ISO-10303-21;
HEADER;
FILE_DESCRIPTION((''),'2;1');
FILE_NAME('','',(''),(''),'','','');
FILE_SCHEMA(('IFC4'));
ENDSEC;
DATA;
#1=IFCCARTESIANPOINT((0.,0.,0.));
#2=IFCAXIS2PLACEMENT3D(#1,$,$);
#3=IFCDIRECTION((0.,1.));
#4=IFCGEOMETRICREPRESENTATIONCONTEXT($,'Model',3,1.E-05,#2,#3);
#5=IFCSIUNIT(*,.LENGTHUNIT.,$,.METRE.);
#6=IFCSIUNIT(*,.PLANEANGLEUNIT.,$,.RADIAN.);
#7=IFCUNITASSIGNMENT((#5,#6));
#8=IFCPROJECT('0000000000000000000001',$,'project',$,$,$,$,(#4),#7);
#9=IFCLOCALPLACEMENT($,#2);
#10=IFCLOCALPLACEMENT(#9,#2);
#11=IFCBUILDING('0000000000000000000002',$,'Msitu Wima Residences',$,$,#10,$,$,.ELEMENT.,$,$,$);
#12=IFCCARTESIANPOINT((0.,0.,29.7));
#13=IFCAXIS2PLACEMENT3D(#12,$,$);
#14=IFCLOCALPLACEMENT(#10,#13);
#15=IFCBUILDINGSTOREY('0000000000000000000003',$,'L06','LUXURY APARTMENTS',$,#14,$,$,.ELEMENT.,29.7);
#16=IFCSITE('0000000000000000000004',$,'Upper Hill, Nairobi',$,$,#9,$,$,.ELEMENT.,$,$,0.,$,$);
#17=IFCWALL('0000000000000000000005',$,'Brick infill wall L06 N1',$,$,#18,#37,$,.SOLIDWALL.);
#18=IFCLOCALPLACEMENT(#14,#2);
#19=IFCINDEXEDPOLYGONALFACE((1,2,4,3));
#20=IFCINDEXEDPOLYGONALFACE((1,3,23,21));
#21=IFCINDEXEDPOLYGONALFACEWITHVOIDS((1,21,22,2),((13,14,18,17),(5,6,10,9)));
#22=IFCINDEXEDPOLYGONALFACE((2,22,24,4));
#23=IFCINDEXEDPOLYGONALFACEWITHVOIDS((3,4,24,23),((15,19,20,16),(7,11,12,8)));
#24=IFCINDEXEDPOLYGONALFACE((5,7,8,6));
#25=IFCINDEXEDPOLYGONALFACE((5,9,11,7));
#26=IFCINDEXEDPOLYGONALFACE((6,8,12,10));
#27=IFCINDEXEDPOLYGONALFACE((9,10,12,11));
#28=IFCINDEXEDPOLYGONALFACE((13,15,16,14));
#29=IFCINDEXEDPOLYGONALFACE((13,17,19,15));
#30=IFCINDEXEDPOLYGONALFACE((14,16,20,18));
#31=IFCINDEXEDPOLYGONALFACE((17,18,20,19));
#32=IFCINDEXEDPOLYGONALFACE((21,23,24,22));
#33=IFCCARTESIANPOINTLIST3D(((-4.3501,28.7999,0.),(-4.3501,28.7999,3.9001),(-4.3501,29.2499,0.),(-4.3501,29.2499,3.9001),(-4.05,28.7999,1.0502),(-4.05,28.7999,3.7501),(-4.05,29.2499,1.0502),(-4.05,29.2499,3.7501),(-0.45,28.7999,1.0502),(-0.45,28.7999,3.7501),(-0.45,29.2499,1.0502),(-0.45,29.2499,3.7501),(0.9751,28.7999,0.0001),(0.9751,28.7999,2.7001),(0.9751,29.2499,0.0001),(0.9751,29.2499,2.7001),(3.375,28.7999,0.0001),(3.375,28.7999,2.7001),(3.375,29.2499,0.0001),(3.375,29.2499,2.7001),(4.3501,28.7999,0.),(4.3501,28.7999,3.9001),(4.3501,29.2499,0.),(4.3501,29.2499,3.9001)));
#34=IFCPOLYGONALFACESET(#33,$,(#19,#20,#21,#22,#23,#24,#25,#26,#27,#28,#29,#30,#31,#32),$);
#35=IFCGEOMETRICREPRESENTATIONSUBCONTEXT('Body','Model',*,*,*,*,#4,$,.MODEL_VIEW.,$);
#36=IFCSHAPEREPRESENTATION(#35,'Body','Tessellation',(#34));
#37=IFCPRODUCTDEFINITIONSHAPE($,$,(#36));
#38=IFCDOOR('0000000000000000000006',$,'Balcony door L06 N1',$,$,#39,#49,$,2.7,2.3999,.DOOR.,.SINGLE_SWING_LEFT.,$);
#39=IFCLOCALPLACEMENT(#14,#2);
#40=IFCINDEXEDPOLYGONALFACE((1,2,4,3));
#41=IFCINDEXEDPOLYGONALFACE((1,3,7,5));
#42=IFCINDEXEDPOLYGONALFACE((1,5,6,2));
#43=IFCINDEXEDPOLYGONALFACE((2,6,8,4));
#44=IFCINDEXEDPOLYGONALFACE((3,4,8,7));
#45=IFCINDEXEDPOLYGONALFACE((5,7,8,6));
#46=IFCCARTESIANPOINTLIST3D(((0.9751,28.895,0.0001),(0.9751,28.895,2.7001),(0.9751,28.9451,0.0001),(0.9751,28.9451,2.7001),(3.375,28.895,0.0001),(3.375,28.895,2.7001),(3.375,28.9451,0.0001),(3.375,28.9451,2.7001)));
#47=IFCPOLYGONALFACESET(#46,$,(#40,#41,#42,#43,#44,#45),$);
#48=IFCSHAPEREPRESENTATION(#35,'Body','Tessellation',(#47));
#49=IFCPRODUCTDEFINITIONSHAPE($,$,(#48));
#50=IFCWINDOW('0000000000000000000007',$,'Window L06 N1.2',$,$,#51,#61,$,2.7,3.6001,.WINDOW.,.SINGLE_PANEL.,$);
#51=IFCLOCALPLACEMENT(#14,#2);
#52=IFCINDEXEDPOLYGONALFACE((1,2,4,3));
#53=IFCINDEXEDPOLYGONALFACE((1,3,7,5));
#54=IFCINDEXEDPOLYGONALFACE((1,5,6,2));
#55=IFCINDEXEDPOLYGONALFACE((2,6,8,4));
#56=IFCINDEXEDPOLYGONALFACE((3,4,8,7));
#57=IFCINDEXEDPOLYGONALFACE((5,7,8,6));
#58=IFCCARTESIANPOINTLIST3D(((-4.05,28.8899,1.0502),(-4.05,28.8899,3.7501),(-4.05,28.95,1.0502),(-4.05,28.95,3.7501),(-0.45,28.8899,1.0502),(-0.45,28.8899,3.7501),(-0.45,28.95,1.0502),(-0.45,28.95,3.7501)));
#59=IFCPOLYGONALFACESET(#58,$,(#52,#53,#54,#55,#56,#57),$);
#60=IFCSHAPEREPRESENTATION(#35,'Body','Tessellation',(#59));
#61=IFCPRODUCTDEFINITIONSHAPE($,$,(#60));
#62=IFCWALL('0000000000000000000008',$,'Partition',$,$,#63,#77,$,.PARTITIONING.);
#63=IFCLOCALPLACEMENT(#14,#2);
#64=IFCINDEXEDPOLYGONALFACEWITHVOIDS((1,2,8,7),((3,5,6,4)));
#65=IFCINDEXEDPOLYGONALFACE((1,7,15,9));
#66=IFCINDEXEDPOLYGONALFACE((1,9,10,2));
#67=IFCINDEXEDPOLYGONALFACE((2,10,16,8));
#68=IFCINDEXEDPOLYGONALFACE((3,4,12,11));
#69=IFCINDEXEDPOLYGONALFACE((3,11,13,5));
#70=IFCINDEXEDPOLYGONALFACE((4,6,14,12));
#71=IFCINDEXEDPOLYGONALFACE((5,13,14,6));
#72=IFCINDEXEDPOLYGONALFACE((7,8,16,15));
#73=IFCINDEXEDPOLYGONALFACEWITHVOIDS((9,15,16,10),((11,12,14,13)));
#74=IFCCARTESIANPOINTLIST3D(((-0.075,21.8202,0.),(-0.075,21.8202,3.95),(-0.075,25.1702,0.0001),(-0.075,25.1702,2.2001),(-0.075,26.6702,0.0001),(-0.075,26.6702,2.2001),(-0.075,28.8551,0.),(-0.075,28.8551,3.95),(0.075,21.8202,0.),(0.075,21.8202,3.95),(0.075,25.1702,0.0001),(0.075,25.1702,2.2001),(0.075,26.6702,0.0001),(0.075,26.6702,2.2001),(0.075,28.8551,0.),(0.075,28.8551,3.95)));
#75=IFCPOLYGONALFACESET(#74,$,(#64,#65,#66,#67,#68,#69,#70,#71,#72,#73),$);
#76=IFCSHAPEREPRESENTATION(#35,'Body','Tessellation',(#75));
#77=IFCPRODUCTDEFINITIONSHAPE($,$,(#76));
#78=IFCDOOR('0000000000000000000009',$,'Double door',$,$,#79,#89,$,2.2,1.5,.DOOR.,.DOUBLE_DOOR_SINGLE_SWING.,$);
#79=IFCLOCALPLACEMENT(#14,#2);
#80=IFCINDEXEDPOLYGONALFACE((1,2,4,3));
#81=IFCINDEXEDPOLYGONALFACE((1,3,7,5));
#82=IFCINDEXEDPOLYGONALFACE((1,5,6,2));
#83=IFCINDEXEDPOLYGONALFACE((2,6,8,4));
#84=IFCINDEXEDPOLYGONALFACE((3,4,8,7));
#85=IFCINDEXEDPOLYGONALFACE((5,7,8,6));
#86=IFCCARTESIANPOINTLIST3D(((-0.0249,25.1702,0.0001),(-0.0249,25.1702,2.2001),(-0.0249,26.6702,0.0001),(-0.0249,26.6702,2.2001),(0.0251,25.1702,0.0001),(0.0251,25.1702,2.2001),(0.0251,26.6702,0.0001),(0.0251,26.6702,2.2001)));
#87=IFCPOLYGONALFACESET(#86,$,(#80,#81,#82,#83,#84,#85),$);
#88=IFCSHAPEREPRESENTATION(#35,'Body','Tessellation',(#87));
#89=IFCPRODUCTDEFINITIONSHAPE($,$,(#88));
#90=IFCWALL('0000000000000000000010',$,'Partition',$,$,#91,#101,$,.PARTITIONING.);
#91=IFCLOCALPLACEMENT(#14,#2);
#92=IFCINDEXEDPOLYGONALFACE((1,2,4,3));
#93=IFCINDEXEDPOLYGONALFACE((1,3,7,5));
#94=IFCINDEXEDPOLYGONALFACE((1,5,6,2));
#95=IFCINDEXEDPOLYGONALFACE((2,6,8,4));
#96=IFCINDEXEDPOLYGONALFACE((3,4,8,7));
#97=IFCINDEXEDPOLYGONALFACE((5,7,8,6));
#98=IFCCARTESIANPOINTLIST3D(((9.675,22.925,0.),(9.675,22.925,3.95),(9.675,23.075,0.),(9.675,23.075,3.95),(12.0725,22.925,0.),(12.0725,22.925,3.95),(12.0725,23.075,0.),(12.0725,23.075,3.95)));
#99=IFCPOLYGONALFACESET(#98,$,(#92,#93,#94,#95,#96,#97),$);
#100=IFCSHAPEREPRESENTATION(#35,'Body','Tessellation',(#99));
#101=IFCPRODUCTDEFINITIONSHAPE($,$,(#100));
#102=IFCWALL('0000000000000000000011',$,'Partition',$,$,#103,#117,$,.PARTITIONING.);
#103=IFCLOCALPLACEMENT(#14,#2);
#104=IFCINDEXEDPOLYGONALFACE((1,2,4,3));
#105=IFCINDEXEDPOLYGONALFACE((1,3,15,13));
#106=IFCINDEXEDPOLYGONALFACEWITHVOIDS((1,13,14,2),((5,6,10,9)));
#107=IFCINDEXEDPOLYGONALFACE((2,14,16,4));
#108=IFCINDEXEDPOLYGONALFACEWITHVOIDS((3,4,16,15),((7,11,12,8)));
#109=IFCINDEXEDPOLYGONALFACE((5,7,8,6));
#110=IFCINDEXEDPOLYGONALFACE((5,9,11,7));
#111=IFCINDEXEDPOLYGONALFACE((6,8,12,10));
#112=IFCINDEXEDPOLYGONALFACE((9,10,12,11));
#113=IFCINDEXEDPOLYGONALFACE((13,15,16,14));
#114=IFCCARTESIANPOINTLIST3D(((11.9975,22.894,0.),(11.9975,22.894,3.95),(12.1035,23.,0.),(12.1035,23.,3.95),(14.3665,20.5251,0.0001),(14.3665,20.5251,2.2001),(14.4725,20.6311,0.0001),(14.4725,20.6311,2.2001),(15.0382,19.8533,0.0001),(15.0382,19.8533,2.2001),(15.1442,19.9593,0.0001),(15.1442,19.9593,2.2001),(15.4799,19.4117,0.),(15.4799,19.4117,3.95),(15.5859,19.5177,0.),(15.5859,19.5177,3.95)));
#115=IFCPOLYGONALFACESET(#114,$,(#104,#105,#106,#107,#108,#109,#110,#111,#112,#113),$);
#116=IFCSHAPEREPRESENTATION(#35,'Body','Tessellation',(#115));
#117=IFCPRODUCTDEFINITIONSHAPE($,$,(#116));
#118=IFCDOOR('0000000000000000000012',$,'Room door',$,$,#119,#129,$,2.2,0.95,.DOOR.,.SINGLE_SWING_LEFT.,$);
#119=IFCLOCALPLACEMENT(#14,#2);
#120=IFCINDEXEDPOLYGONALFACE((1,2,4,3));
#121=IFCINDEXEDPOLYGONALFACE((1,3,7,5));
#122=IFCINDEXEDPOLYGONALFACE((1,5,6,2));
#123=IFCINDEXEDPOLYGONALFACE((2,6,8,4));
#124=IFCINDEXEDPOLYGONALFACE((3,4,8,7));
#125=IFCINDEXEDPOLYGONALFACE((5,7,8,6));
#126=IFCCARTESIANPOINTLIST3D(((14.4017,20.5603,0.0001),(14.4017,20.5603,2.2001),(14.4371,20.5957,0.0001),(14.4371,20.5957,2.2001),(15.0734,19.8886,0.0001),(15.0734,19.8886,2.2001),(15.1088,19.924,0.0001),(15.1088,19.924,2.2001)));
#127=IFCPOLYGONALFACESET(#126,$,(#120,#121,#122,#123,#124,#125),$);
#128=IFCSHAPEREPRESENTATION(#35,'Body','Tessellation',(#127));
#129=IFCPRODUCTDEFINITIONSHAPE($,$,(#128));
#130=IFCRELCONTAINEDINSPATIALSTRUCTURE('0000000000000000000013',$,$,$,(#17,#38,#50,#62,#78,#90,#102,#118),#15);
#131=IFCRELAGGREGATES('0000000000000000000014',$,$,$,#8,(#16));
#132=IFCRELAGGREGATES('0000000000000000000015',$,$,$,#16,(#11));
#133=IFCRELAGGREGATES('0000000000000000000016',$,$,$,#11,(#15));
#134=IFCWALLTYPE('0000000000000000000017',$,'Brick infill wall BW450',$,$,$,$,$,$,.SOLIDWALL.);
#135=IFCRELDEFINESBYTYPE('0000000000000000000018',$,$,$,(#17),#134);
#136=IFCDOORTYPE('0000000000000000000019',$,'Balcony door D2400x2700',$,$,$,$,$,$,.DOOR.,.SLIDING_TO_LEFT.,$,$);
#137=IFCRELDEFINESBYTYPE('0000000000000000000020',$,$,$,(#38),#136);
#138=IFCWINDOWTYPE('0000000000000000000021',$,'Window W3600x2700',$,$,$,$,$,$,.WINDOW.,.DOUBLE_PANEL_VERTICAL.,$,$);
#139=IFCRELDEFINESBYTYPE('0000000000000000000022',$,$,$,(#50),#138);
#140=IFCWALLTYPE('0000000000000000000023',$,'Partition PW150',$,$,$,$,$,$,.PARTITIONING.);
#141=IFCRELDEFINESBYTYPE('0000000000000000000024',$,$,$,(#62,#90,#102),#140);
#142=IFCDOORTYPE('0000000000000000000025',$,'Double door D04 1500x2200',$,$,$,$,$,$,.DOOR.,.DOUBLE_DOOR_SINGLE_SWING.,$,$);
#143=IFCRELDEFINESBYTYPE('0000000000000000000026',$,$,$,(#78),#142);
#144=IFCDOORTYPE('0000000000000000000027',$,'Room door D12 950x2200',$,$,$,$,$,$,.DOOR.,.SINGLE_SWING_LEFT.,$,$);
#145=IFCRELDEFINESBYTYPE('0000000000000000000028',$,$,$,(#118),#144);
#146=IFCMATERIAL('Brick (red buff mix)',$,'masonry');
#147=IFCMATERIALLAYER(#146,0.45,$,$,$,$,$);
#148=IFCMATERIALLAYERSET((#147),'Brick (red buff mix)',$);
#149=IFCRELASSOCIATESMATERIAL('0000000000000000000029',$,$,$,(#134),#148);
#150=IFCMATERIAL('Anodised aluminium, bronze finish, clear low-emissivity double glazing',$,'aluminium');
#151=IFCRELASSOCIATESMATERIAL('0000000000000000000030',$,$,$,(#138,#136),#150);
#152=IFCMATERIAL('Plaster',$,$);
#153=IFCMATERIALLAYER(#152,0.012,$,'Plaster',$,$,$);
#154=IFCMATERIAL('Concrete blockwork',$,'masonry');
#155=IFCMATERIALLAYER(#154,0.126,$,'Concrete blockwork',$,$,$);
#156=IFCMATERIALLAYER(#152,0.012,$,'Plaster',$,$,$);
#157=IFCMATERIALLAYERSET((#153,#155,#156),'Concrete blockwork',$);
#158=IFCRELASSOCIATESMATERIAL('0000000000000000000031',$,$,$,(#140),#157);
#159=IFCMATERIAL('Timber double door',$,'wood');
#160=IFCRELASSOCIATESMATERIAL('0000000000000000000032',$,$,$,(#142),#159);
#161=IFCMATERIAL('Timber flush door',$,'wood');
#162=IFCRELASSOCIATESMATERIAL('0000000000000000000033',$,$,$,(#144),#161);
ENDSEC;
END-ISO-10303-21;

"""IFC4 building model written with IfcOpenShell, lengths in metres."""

from ifc_helpers import new_model, si_unit, direction, frame, frame_2d, origin, place, context, subcontext, project, spatial, rectangle, extrude, material, layer, layer_set, type_object, element, fill, save


model = new_model("IFC4")

# Units and contexts
model_context = context("Model", 3, precision=1e-05, world=origin(), true_north=direction((0.0, 1.0)))
body_context = subcontext(model_context, "Body", "Model", "MODEL_VIEW")
ifc_project = project(units=[si_unit("LENGTHUNIT", "METRE"), si_unit("PLANEANGLEUNIT", "RADIAN")], contexts=[model_context])

# Site, building, storey
site_placement = place(None, origin())
site = spatial("IfcSite", under=ifc_project, at=site_placement, Name="Upper Hill, Nairobi", CompositionType="ELEMENT", RefElevation=0.0)
building_placement = place(site_placement, origin())
building = spatial("IfcBuilding", under=site, at=building_placement, Name="Msitu Wima Residences", CompositionType="ELEMENT")
storey_placement = place(building_placement, frame((0.0, 0.0, 29.7)))
storey = spatial("IfcBuildingStorey", under=building, at=storey_placement, Name="L06", Description="LUXURY APARTMENTS", CompositionType="ELEMENT", Elevation=29.7)

# Shared definitions
ifc_material_1 = material(Name="Brick (red buff mix)", Category="masonry")
ifc_layer_1 = layer(ifc_material_1, 0.45)
ifc_layer_set_1 = layer_set([ifc_layer_1], Name="Brick (red buff mix)")
wall_type_1 = type_object("IfcWallType", Name="Brick infill wall BW450", PredefinedType="SOLIDWALL", material=ifc_layer_set_1)
ifc_material_2 = material(Name="Anodised aluminium, bronze finish, clear low-emissivity double glazing", Category="aluminium")
window_type = type_object("IfcWindowType", Name="Window W3600x2700", PartitioningType="DOUBLE_PANEL_VERTICAL", PredefinedType="WINDOW", material=ifc_material_2)

# Wall, openings, door, window
wall_1_placement = place(storey_placement, frame((4.3501, 29.0249, 0.0), z_axis=(0.0, 0.0, 1.0), x_axis=(-1.0, 0.0, 0.0)))
wall_1 = element("IfcWall", 1, at=wall_1_placement, inside=storey, type_object=wall_type_1, Name="Brick infill wall L06 N1", PredefinedType="SOLIDWALL", context=body_context, shape_type="SweptSolid", body=[
    extrude(rectangle(XDim=8.7002, YDim=0.45, at=frame_2d((4.3501, 0.0))), origin(), (0.0, 0.0, 1.0), 3.9001),
])
opening_1_placement = place(wall_1_placement, frame((0.9751, 0.0, 0.0)))
opening_1 = element("IfcOpeningElement", 2, at=opening_1_placement, cuts=wall_1, PredefinedType="OPENING", context=body_context, shape_type="SweptSolid", body=[
    extrude(rectangle(XDim=2.3999, YDim=2.7, at=frame_2d((1.2, 1.3501))), frame((0.0, 0.2349, 0.0), z_axis=(0.0, -1.0, 0.0), x_axis=(1.0, 0.0, 0.0)), (0.0, 0.0, 1.0), 0.47),
])
opening_2_placement = place(wall_1_placement, frame((4.8, 0.0, 1.05)))
opening_2 = element("IfcOpeningElement", 3, at=opening_2_placement, cuts=wall_1, PredefinedType="OPENING", context=body_context, shape_type="SweptSolid", body=[
    extrude(rectangle(XDim=3.6001, YDim=2.7, at=frame_2d((1.8, 1.3501))), frame((0.0, 0.2349, 0.0), z_axis=(0.0, -1.0, 0.0), x_axis=(1.0, 0.0, 0.0)), (0.0, 0.0, 1.0), 0.47),
])
door_type_1 = type_object("IfcDoorType", Name="Balcony door D2400x2700", OperationType="SLIDING_TO_LEFT", PredefinedType="DOOR", material=ifc_material_2)
door_1_placement = place(opening_1_placement, origin())
door_1 = element("IfcDoor", 4, at=door_1_placement, inside=storey, type_object=door_type_1, Name="Balcony door L06 N1", OperationType="SINGLE_SWING_LEFT", OverallHeight=2.7, OverallWidth=2.3999, PredefinedType="DOOR", context=body_context, shape_type="SweptSolid", body=[
    extrude(rectangle(XDim=2.3999, YDim=2.7, at=frame_2d((1.2, 1.3501))), frame((0.0, 0.1299, 0.0), z_axis=(0.0, -1.0, 0.0), x_axis=(1.0, 0.0, 0.0)), (0.0, 0.0, 1.0), 0.05),
])
fill(opening_1, door_1)
window_1_placement = place(opening_2_placement, origin())
window_1 = element("IfcWindow", 5, at=window_1_placement, inside=storey, type_object=window_type, Name="Window L06 N1.2", OverallHeight=2.7, OverallWidth=3.6001, PartitioningType="SINGLE_PANEL", PredefinedType="WINDOW", context=body_context, shape_type="SweptSolid", body=[
    extrude(rectangle(XDim=3.6001, YDim=2.7, at=frame_2d((1.8, 1.3501))), frame((0.0, 0.135, 0.0), z_axis=(0.0, -1.0, 0.0), x_axis=(1.0, 0.0, 0.0)), (0.0, 0.0, 1.0), 0.0601),
])
fill(opening_2, window_1)

# Wall, opening, door
ifc_material_3 = material(Name="Plaster")
ifc_layer_2 = layer(ifc_material_3, 0.012, Name="Plaster")
ifc_material_4 = material(Name="Concrete blockwork", Category="masonry")
ifc_layer_3 = layer(ifc_material_4, 0.126, Name="Concrete blockwork")
ifc_layer_4 = layer(ifc_material_3, 0.012, Name="Plaster")
ifc_layer_set_2 = layer_set([ifc_layer_2, ifc_layer_3, ifc_layer_4], Name="Concrete blockwork")
wall_type_2 = type_object("IfcWallType", Name="Partition PW150", PredefinedType="PARTITIONING", material=ifc_layer_set_2)
wall_2_placement = place(storey_placement, frame((0.0, 21.8201, 0.0), z_axis=(0.0, 0.0, 1.0), x_axis=(0.0, 1.0, 0.0)))
wall_2 = element("IfcWall", 6, at=wall_2_placement, inside=storey, type_object=wall_type_2, Name="Partition", PredefinedType="PARTITIONING", context=body_context, shape_type="SweptSolid", body=[
    extrude(rectangle(XDim=7.0349, YDim=0.1499, at=frame_2d((3.5176, 0.0))), origin(), (0.0, 0.0, 1.0), 3.95),
])
opening_3_placement = place(wall_2_placement, frame((3.3501, 0.0, 0.0)))
opening_3 = element("IfcOpeningElement", 7, at=opening_3_placement, cuts=wall_2, PredefinedType="OPENING", context=body_context, shape_type="SweptSolid", body=[
    extrude(rectangle(XDim=1.5, YDim=2.2, at=frame_2d((0.75, 1.1001))), frame((0.0, 0.085, 0.0), z_axis=(0.0, -1.0, 0.0), x_axis=(1.0, 0.0, 0.0)), (0.0, 0.0, 1.0), 0.1699),
])
ifc_material_5 = material(Name="Timber double door", Category="wood")
door_type_2 = type_object("IfcDoorType", Name="Double door D04 1500x2200", OperationType="DOUBLE_DOOR_SINGLE_SWING", PredefinedType="DOOR", material=ifc_material_5)
door_2_placement = place(opening_3_placement, origin())
door_2 = element("IfcDoor", 8, at=door_2_placement, inside=storey, type_object=door_type_2, Name="Double door", OperationType="DOUBLE_DOOR_SINGLE_SWING", OverallHeight=2.2, OverallWidth=1.5, PredefinedType="DOOR", context=body_context, shape_type="SweptSolid", body=[
    extrude(rectangle(XDim=1.5, YDim=2.2, at=frame_2d((0.75, 1.1001))), frame((0.0, 0.0249, 0.0), z_axis=(0.0, -1.0, 0.0), x_axis=(1.0, 0.0, 0.0)), (0.0, 0.0, 1.0), 0.05),
])
fill(opening_3, door_2)

# Wall
wall_3_placement = place(storey_placement, frame((9.675, 23.0, 0.0), z_axis=(0.0, 0.0, 1.0), x_axis=(1.0, 0.0, 0.0)))
element("IfcWall", 9, at=wall_3_placement, inside=storey, type_object=wall_type_2, Name="Partition", PredefinedType="PARTITIONING", context=body_context, shape_type="SweptSolid", body=[
    extrude(rectangle(XDim=2.3975, YDim=0.1499, at=frame_2d((1.1987, 0.0))), origin(), (0.0, 0.0, 1.0), 3.95),
])

# Wall, opening, door
wall_4_placement = place(storey_placement, frame((12.0505, 22.947, 0.0), z_axis=(0.0, 0.0, 1.0), x_axis=(0.707107, -0.707107, 0.0)))
wall_4 = element("IfcWall", 10, at=wall_4_placement, inside=storey, type_object=wall_type_2, Name="Partition", PredefinedType="PARTITIONING", context=body_context, shape_type="SweptSolid", body=[
    extrude(rectangle(XDim=4.9248, YDim=0.1499, at=frame_2d((2.4624, 0.0))), origin(), (0.0, 0.0, 1.0), 3.95),
])
opening_4_placement = place(wall_4_placement, frame((3.3501, 0.0, 0.0)))
opening_4 = element("IfcOpeningElement", 11, at=opening_4_placement, cuts=wall_4, PredefinedType="OPENING", context=body_context, shape_type="SweptSolid", body=[
    extrude(rectangle(XDim=0.95, YDim=2.2, at=frame_2d((0.4751, 1.1001))), frame((0.0, 0.085, 0.0), z_axis=(0.0, -1.0, 0.0), x_axis=(1.0, 0.0, 0.0)), (0.0, 0.0, 1.0), 0.1699),
])
ifc_material_6 = material(Name="Timber flush door", Category="wood")
door_type_3 = type_object("IfcDoorType", Name="Room door D12 950x2200", OperationType="SINGLE_SWING_LEFT", PredefinedType="DOOR", material=ifc_material_6)
door_3_placement = place(opening_4_placement, origin())
door_3 = element("IfcDoor", 12, at=door_3_placement, inside=storey, type_object=door_type_3, Name="Room door", OperationType="SINGLE_SWING_LEFT", OverallHeight=2.2, OverallWidth=0.95, PredefinedType="DOOR", context=body_context, shape_type="SweptSolid", body=[
    extrude(rectangle(XDim=0.95, YDim=2.2, at=frame_2d((0.4751, 1.1001))), frame((0.0, 0.0249, 0.0), z_axis=(0.0, -1.0, 0.0), x_axis=(1.0, 0.0, 0.0)), (0.0, 0.0, 1.0), 0.05),
])
fill(opening_4, door_3)

save(model, "model.ifc")
